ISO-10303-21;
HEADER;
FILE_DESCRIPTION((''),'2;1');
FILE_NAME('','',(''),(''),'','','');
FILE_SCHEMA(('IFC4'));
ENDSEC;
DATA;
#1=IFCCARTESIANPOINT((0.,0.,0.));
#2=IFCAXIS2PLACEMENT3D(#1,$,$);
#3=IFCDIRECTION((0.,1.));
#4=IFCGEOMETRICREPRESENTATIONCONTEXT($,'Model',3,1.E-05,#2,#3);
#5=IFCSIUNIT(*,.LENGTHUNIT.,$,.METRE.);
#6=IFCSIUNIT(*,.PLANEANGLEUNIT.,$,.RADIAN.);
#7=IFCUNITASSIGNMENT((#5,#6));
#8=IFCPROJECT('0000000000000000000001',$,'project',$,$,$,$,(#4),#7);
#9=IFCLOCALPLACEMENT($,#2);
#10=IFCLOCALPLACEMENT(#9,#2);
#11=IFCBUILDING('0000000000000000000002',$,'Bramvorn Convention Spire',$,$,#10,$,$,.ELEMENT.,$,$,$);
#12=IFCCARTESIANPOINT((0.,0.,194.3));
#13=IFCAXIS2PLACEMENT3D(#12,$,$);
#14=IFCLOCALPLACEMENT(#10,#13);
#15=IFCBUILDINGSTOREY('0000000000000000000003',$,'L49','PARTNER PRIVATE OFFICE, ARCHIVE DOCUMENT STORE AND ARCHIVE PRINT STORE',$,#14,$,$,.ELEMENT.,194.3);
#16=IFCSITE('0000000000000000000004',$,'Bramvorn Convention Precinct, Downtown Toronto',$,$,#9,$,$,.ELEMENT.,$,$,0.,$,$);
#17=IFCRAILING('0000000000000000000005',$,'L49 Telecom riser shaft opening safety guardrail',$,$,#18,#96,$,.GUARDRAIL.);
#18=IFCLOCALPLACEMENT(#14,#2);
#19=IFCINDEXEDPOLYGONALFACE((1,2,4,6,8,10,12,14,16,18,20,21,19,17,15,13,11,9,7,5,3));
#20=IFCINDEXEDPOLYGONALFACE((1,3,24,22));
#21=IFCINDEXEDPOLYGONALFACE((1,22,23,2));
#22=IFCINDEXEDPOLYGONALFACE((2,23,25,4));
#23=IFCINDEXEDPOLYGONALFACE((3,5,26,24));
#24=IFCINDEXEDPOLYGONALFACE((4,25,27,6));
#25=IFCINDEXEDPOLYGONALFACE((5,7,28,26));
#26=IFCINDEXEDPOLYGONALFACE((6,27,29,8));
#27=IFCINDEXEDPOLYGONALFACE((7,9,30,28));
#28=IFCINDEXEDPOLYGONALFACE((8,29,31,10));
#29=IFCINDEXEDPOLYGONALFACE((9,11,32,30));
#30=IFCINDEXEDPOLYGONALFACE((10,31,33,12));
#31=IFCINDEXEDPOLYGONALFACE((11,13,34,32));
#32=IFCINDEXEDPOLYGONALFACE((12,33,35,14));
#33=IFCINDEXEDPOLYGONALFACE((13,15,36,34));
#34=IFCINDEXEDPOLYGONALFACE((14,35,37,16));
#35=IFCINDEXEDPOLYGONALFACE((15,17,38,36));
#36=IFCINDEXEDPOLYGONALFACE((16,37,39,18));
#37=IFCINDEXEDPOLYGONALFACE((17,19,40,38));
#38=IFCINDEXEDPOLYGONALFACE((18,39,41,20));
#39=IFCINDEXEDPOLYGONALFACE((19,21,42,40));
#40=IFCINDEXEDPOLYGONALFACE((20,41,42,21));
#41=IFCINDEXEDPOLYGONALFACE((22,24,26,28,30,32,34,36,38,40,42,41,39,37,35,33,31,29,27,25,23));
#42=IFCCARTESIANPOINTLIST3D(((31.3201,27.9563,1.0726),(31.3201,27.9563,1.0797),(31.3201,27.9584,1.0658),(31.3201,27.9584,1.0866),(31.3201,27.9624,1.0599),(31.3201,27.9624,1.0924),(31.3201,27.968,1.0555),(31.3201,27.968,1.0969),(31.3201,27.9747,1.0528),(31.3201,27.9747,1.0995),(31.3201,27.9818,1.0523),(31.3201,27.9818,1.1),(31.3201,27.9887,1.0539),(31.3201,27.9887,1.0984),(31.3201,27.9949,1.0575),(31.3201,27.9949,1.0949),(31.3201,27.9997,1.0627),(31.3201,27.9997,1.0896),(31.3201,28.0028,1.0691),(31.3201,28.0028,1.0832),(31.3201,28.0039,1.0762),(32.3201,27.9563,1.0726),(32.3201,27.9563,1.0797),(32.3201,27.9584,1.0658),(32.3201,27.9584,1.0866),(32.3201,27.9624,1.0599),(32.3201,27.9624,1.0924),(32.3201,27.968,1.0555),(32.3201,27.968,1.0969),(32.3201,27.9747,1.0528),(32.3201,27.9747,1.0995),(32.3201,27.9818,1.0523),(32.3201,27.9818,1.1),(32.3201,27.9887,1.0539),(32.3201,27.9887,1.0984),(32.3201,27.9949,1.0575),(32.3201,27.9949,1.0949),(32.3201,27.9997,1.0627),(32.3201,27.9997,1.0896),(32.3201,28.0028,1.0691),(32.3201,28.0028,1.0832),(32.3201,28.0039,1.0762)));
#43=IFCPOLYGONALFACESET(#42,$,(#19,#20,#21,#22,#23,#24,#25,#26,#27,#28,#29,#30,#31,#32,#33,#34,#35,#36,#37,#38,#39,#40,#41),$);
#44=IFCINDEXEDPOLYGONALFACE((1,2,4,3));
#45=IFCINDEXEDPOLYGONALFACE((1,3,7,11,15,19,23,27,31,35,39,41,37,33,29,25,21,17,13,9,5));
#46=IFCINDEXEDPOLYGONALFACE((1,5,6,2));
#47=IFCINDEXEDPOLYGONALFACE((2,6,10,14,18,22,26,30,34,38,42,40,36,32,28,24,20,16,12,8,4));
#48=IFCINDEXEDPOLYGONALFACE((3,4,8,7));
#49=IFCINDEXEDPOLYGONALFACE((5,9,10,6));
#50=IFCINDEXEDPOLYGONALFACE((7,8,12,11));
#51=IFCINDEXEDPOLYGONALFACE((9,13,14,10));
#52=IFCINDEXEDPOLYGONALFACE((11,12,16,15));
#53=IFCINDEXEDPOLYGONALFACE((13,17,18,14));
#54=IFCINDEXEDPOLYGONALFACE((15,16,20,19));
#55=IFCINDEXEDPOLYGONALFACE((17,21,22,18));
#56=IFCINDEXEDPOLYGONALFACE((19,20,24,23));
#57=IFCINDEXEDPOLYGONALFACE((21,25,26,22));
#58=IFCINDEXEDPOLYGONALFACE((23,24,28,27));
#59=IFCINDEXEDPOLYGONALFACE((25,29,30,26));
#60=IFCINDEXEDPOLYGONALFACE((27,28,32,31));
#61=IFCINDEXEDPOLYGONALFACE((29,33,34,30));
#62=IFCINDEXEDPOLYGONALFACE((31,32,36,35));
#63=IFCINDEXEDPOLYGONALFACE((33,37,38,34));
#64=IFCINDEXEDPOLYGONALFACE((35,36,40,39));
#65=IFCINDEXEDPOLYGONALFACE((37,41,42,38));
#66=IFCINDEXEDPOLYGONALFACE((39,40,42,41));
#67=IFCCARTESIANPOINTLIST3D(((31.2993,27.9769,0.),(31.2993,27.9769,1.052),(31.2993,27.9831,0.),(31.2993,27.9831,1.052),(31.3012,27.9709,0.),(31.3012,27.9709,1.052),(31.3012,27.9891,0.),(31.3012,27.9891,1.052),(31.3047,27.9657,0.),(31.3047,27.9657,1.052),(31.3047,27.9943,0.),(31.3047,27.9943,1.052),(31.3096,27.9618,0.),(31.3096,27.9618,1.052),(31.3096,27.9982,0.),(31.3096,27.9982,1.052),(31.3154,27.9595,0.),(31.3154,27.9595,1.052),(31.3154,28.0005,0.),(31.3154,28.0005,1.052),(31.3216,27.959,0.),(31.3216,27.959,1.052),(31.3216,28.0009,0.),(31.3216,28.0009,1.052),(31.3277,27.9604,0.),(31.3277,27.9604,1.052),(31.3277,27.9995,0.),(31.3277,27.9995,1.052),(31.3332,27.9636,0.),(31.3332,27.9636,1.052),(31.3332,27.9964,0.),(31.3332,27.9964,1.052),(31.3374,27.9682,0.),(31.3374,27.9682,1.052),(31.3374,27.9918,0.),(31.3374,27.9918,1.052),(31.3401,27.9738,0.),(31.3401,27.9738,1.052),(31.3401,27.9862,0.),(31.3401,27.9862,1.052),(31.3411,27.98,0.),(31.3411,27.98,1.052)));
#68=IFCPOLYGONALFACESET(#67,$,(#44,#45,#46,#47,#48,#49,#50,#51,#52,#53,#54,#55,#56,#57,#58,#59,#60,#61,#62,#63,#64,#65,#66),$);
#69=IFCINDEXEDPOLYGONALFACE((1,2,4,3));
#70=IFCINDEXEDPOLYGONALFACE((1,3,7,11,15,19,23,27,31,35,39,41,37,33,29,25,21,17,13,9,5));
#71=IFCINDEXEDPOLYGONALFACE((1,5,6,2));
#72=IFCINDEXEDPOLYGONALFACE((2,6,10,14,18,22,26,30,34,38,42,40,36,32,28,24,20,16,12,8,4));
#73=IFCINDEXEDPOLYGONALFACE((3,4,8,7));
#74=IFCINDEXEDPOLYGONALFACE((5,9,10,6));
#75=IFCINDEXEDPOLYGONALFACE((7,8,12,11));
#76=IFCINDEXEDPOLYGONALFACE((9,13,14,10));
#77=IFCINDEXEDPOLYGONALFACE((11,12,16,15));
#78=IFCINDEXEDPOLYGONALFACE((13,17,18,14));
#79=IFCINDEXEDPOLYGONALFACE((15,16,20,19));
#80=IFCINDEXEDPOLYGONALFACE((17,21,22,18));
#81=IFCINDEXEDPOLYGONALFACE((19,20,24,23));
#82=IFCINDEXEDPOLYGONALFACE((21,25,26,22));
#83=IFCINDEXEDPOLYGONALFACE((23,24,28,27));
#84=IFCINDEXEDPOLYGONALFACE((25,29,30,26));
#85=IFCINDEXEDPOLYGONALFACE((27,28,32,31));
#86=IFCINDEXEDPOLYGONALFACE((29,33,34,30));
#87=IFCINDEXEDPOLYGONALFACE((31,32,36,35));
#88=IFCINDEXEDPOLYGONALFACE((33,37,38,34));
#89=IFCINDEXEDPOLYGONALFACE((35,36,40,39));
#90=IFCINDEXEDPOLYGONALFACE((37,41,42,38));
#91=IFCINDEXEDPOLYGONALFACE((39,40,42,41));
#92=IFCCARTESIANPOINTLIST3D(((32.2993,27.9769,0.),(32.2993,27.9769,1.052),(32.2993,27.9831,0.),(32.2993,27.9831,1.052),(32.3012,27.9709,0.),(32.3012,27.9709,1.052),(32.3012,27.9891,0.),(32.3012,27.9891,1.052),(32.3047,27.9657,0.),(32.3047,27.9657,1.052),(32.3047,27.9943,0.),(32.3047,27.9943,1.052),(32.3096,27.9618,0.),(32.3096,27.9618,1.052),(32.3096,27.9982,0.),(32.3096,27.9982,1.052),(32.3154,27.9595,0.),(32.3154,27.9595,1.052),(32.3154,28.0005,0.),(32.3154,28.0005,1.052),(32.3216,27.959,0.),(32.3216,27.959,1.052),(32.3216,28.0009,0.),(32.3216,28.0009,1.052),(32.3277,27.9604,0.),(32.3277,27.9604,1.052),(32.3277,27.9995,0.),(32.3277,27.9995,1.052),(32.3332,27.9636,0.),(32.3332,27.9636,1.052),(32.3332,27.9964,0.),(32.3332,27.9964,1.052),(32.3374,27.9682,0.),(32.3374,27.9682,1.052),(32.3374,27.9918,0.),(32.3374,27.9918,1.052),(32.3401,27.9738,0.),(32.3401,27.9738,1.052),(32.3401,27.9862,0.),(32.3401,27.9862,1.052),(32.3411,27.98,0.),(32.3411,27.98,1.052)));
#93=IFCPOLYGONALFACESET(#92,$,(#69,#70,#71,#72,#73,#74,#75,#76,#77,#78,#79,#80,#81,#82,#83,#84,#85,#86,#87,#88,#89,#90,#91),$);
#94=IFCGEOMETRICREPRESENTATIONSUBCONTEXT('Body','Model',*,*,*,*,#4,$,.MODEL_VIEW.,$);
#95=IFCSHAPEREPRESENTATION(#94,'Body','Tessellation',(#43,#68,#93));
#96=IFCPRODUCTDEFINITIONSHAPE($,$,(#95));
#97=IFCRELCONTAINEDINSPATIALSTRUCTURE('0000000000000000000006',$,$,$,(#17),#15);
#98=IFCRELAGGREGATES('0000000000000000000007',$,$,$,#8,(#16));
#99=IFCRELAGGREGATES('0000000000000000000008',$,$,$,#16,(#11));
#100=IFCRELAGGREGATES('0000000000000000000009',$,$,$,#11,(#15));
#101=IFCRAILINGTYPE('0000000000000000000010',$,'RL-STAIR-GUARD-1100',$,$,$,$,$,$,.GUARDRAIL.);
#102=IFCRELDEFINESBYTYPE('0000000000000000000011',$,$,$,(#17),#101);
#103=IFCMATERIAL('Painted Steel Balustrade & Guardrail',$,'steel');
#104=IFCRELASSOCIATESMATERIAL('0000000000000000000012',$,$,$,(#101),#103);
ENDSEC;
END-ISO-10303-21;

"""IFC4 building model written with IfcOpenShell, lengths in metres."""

from ifc_helpers import new_model, si_unit, direction, frame, origin, origin_2d, place, context, subcontext, project, spatial, circle, extrude, material, type_object, element, save


model = new_model("IFC4")

# Units and contexts
model_context = context("Model", 3, precision=1e-05, world=origin(), true_north=direction((0.0, 1.0)))
body_context = subcontext(model_context, "Body", "Model", "MODEL_VIEW")
ifc_project = project(units=[si_unit("LENGTHUNIT", "METRE"), si_unit("PLANEANGLEUNIT", "RADIAN")], contexts=[model_context])

# Site, building, storey
site_placement = place(None, origin())
site = spatial("IfcSite", under=ifc_project, at=site_placement, Name="Bramvorn Convention Precinct, Downtown Toronto", CompositionType="ELEMENT", RefElevation=0.0)
building_placement = place(site_placement, origin())
building = spatial("IfcBuilding", under=site, at=building_placement, Name="Bramvorn Convention Spire", CompositionType="ELEMENT")
storey_placement = place(building_placement, frame((0.0, 0.0, 194.3)))
storey = spatial("IfcBuildingStorey", under=building, at=storey_placement, Name="L49", Description="PARTNER PRIVATE OFFICE, ARCHIVE DOCUMENT STORE AND ARCHIVE PRINT STORE", CompositionType="ELEMENT", Elevation=194.3)

# Railing
ifc_material_1 = material(Name="Painted Steel Balustrade & Guardrail", Category="steel")
railing_type_1 = type_object("IfcRailingType", Name="RL-STAIR-GUARD-1100", PredefinedType="GUARDRAIL", material=ifc_material_1)
railing_1_placement = place(storey_placement, frame((31.3201, 27.98, 0.0)))
element("IfcRailing", 1, at=railing_1_placement, inside=storey, type_object=railing_type_1, Name="L49 Telecom riser shaft opening safety guardrail", PredefinedType="GUARDRAIL", context=body_context, shape_type="SweptSolid", body=[
    extrude(circle(Radius=0.0239, at=origin_2d()), frame((0.0, 0.0, 1.0762), z_axis=(1.0, 0.0, 0.0), x_axis=(0.0, 1.0, 0.0)), (0.0, 0.0, 1.0), 1.0),
    extrude(circle(Radius=0.021, at=origin_2d()), origin(), (0.0, 0.0, 1.0), 1.052),
    extrude(circle(Radius=0.021, at=origin_2d()), frame((1.0, 0.0, 0.0)), (0.0, 0.0, 1.0), 1.052),
])

save(model, "model.ifc")
